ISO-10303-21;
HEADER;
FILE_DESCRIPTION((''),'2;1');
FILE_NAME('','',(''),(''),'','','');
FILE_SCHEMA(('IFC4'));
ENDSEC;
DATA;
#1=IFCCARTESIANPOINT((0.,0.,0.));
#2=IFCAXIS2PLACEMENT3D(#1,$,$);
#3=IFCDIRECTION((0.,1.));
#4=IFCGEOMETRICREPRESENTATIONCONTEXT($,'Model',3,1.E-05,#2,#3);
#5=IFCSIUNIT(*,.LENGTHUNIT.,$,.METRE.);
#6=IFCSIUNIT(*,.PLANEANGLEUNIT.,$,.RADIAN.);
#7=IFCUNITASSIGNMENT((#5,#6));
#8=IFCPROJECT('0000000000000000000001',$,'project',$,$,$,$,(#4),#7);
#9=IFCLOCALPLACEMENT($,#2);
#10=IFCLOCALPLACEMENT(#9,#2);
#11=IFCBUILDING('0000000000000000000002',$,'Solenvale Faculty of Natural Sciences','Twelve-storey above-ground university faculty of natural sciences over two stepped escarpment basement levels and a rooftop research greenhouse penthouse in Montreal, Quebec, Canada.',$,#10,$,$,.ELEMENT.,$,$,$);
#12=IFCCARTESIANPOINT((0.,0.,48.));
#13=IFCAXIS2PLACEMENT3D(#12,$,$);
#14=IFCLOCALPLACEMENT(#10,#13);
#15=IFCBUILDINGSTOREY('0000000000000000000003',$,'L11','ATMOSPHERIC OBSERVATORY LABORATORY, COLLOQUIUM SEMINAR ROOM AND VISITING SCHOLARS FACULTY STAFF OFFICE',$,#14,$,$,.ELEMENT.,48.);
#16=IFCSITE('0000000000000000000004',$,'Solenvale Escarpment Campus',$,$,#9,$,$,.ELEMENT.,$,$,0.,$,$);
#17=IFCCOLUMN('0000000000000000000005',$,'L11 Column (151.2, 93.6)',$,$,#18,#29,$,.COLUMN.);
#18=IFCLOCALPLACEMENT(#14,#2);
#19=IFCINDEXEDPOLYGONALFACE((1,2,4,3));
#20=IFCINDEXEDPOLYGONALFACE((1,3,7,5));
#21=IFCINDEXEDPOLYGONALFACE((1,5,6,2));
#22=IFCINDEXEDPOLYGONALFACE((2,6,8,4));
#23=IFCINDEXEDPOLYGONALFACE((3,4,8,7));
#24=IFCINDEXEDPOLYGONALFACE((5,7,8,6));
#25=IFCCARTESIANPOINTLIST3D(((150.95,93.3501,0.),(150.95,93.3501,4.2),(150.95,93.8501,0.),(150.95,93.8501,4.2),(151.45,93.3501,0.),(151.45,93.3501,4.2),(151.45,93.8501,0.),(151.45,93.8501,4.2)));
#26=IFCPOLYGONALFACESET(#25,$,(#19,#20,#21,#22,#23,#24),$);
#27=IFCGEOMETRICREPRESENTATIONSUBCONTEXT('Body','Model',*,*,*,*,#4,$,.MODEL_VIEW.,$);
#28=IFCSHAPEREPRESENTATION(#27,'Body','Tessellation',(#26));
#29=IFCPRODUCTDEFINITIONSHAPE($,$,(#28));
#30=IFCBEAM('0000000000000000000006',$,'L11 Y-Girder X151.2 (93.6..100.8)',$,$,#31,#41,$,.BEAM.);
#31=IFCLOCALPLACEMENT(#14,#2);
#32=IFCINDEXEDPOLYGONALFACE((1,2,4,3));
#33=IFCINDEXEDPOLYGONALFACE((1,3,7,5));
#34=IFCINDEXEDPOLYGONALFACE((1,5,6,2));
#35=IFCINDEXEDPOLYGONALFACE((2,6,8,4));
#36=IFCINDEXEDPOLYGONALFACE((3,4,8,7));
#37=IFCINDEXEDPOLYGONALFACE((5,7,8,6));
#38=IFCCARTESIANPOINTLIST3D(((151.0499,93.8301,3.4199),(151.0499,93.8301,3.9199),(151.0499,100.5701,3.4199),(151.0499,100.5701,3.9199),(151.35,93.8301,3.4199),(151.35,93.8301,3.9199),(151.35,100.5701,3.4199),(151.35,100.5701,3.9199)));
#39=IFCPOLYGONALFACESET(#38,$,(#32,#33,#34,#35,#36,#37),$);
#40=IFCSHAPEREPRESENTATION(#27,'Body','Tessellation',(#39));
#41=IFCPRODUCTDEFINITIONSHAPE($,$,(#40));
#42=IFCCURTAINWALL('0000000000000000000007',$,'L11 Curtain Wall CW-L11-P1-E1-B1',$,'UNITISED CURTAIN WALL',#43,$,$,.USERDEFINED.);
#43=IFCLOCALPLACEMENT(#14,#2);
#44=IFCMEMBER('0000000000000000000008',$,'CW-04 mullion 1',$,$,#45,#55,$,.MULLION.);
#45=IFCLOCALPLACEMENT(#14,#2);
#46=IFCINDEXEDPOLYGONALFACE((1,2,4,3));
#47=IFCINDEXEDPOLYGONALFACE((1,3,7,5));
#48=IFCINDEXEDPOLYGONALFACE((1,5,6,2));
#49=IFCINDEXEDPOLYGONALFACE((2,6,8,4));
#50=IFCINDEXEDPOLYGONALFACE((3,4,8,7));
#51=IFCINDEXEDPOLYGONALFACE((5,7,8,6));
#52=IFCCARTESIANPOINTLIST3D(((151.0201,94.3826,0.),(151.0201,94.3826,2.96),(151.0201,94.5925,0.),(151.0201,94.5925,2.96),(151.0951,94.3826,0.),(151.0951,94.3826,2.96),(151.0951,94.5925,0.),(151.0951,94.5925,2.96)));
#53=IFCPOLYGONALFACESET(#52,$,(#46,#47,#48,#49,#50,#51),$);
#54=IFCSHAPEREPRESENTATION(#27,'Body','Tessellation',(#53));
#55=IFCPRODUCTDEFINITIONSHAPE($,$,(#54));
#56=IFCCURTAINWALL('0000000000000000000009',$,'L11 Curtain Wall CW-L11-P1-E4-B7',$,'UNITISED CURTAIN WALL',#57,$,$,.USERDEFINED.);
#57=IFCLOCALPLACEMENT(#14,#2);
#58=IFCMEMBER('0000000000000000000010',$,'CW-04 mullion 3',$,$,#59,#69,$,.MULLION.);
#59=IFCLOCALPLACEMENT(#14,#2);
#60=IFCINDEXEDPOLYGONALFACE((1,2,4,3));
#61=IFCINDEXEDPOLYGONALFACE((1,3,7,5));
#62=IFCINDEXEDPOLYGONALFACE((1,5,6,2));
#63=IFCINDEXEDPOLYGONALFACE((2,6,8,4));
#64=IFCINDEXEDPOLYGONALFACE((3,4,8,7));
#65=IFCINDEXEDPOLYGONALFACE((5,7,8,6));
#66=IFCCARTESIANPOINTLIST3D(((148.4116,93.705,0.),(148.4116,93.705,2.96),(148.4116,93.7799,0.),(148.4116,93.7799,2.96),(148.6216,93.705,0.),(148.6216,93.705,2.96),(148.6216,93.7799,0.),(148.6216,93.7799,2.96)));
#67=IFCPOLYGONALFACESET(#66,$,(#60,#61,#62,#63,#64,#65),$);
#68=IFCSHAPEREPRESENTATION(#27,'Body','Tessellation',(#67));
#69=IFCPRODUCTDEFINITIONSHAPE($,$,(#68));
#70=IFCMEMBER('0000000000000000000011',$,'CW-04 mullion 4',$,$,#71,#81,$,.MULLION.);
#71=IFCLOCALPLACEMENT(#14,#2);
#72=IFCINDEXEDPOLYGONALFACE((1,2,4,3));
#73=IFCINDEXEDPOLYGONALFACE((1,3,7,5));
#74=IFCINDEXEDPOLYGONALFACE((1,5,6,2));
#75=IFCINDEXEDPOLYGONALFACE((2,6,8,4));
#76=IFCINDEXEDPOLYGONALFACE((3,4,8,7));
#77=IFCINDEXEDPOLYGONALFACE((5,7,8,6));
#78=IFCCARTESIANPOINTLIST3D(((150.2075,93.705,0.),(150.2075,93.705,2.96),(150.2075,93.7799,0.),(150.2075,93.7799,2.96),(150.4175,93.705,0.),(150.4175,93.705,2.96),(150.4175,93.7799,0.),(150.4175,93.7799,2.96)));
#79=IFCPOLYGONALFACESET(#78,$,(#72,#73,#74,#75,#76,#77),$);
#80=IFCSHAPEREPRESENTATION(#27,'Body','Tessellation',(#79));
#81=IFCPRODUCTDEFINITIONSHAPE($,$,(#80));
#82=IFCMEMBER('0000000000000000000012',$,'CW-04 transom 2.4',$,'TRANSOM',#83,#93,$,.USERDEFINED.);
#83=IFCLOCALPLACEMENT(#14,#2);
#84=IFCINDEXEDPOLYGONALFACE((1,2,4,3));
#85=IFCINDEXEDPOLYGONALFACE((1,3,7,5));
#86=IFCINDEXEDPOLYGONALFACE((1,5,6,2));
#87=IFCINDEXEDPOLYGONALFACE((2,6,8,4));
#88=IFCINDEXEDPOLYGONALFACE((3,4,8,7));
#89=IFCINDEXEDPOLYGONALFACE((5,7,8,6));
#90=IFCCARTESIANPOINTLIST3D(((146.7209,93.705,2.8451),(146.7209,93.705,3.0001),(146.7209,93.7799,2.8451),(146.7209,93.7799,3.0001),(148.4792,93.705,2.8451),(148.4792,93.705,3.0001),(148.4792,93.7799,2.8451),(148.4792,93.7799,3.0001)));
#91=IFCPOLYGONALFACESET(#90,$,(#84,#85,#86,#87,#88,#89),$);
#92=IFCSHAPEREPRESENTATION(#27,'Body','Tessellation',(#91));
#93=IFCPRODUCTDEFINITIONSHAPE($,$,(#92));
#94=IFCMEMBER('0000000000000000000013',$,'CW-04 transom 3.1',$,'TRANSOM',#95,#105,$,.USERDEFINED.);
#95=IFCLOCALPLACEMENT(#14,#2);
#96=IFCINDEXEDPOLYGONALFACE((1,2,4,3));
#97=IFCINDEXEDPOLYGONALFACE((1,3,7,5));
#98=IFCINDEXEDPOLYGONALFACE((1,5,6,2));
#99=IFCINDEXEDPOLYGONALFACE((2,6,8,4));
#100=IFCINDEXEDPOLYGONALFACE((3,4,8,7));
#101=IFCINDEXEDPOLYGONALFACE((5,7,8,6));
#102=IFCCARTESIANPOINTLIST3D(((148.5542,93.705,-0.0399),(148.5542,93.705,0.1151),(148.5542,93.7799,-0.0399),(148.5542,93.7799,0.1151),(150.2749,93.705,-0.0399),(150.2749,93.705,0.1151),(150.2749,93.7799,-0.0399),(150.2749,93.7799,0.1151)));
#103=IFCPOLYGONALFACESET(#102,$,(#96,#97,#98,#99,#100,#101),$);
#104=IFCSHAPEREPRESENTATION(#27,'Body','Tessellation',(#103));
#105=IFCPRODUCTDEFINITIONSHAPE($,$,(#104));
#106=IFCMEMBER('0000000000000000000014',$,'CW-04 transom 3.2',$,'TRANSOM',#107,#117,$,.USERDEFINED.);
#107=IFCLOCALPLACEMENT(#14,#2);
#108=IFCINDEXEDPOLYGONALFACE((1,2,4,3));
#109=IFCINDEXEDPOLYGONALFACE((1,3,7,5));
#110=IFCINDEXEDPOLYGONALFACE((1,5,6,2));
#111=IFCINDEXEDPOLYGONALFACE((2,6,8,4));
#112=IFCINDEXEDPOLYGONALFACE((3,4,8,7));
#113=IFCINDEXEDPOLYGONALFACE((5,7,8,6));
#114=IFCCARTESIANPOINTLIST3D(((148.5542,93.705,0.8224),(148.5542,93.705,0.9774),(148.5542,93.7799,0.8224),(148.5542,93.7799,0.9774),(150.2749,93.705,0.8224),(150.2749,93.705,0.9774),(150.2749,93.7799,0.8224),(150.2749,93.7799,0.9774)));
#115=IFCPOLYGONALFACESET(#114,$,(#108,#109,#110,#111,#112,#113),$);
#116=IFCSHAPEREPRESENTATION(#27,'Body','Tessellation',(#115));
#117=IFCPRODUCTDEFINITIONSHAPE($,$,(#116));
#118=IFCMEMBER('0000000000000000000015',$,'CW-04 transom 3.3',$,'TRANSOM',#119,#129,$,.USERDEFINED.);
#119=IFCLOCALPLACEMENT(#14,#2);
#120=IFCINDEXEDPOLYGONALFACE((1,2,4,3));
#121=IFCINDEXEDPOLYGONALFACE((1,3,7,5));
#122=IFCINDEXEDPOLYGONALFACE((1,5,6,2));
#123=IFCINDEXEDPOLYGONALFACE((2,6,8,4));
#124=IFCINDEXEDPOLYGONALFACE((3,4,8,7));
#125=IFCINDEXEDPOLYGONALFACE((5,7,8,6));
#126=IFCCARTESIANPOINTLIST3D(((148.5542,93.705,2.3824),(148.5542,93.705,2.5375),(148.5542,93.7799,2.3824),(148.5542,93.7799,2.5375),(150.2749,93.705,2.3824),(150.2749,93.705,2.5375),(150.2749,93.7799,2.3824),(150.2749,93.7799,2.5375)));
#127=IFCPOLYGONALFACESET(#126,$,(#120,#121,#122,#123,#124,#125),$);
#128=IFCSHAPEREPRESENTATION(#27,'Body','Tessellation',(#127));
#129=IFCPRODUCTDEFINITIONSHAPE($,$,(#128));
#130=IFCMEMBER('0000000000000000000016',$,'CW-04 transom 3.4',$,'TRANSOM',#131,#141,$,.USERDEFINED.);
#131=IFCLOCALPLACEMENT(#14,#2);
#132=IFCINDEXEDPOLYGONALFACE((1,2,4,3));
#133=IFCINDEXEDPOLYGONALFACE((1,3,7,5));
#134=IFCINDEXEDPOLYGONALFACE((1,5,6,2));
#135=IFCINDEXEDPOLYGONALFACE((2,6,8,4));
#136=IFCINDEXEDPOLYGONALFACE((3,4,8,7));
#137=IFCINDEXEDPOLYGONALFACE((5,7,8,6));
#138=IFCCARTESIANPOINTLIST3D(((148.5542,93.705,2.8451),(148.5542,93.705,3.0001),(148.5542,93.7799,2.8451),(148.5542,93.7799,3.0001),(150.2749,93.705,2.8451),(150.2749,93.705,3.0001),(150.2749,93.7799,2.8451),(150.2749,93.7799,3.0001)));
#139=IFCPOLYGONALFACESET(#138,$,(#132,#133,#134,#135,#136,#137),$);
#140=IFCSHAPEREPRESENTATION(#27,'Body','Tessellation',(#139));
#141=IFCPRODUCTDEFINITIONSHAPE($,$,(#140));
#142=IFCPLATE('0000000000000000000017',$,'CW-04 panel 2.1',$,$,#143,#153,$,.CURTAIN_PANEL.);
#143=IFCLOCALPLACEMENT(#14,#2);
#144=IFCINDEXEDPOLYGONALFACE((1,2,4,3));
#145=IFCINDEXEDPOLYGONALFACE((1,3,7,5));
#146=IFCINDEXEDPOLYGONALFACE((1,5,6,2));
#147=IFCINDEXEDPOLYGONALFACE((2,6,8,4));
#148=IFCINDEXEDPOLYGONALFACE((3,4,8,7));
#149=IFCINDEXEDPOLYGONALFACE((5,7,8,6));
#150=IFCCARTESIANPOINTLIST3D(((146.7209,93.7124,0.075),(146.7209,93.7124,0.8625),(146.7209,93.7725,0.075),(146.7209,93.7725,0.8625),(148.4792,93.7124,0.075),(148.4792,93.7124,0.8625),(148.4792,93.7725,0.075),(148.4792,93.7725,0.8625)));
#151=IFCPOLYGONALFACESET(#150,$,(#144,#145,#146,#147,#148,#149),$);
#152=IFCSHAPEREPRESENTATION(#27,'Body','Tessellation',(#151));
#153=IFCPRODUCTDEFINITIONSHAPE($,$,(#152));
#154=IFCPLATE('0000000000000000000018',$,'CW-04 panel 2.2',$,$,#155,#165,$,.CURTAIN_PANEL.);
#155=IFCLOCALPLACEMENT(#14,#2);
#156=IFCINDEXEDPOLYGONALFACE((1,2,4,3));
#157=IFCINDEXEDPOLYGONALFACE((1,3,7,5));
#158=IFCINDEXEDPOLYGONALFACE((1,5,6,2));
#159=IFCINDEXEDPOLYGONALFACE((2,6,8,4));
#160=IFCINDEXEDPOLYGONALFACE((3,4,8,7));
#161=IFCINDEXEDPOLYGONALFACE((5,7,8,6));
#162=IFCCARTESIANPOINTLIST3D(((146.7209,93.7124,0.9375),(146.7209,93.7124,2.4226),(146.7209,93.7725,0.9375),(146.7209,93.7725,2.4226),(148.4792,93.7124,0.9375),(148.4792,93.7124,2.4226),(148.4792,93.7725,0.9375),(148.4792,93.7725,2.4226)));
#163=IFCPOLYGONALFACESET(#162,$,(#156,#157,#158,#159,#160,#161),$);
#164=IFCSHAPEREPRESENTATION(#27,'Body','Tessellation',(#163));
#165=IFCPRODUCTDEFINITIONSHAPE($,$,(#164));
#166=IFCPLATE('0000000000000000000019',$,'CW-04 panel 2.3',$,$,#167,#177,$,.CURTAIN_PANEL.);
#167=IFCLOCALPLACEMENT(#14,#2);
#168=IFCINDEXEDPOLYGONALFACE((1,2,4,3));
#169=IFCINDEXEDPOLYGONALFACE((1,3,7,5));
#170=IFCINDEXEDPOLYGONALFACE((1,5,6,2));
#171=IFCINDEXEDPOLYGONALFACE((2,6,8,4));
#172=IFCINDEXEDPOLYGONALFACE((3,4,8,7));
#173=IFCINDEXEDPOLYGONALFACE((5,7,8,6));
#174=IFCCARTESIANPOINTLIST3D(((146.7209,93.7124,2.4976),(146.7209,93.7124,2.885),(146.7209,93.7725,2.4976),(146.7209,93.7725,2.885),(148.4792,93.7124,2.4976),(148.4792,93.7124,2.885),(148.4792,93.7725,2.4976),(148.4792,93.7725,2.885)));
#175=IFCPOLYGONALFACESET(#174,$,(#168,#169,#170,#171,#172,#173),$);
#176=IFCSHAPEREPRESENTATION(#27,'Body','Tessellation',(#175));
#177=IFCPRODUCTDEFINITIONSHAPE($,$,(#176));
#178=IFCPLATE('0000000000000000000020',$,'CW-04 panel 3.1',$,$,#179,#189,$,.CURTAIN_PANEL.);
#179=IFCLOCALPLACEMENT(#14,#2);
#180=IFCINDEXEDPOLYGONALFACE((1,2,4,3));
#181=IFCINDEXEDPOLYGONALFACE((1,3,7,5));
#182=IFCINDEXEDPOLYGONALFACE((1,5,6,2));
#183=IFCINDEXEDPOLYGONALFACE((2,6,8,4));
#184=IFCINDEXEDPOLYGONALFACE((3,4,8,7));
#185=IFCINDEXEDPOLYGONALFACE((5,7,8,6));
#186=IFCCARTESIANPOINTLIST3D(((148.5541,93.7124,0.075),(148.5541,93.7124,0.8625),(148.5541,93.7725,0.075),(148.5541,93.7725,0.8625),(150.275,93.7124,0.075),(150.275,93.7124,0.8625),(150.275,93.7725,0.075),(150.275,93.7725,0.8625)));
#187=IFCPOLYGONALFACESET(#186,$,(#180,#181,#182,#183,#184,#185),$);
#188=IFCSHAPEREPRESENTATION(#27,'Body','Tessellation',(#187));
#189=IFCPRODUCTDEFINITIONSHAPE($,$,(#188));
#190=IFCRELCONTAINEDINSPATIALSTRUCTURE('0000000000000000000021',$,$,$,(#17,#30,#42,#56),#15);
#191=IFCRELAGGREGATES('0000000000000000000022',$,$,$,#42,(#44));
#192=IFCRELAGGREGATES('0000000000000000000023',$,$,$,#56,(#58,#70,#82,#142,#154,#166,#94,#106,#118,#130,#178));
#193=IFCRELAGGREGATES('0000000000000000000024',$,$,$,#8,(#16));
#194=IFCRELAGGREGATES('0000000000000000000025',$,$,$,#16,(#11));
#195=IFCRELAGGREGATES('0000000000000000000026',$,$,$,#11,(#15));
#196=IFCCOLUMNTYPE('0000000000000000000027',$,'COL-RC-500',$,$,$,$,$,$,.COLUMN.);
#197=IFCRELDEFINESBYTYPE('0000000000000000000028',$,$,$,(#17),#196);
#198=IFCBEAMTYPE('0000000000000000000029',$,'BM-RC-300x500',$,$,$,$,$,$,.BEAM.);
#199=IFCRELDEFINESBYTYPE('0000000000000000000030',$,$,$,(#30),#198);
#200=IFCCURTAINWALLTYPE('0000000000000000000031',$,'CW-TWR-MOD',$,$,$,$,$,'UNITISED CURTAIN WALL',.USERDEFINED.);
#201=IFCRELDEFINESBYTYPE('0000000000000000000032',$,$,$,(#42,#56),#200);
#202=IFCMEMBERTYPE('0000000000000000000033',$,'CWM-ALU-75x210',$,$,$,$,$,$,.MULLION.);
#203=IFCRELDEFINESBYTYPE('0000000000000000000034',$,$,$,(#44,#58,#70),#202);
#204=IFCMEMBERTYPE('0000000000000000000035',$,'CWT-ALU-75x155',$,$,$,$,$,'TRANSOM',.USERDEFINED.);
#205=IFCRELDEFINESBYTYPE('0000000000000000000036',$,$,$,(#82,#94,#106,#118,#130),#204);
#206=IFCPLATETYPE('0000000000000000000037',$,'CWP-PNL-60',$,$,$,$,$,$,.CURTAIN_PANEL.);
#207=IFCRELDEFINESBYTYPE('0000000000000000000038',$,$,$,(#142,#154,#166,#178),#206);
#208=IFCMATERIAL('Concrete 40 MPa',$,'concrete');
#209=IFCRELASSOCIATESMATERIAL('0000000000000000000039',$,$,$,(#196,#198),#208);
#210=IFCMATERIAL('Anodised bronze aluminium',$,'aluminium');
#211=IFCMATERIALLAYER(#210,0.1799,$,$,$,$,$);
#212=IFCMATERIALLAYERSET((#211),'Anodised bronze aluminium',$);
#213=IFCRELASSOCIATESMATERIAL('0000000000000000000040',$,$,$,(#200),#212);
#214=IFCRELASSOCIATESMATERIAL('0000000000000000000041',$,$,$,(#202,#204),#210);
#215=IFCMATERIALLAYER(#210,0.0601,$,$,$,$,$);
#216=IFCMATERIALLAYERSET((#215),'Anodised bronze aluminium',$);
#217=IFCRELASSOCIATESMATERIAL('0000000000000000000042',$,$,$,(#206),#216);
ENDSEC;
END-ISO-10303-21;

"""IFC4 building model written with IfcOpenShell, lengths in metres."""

from ifc_helpers import new_model, si_unit, direction, frame, origin, origin_2d, place, context, subcontext, project, spatial, rectangle, extrude, material, layer, layer_set, material_profile, profile_set, type_object, element, aggregate, save


model = new_model("IFC4")

# Units and contexts
model_context = context("Model", 3, precision=1e-05, world=origin(), true_north=direction((0.0, 1.0)))
body_context = subcontext(model_context, "Body", "Model", "MODEL_VIEW")
ifc_project = project(units=[si_unit("LENGTHUNIT", "METRE"), si_unit("PLANEANGLEUNIT", "RADIAN")], contexts=[model_context])

# Site, building, storey
site_placement = place(None, origin())
site = spatial("IfcSite", under=ifc_project, at=site_placement, Name="Solenvale Escarpment Campus", CompositionType="ELEMENT", RefElevation=0.0)
building_placement = place(site_placement, origin())
building = spatial("IfcBuilding", under=site, at=building_placement, Name="Solenvale Faculty of Natural Sciences", Description="Twelve-storey above-ground university faculty of natural sciences over two stepped escarpment basement levels and a rooftop research greenhouse penthouse in Montreal, Quebec, Canada.", CompositionType="ELEMENT")
storey_placement = place(building_placement, frame((0.0, 0.0, 48.0)))
storey = spatial("IfcBuildingStorey", under=building, at=storey_placement, Name="L11", Description="ATMOSPHERIC OBSERVATORY LABORATORY, COLLOQUIUM SEMINAR ROOM AND VISITING SCHOLARS FACULTY STAFF OFFICE", CompositionType="ELEMENT", Elevation=48.0)

# Column
ifc_material_1 = material(Name="Concrete 40 MPa", Category="concrete")
ifc_material_profile_1 = material_profile(ifc_material_1, rectangle(XDim=0.5, YDim=0.5, at=origin_2d()), Name="RC-COL-500x500")
ifc_profile_set_1 = profile_set([ifc_material_profile_1], Name="Concrete 40 MPa")
column_type = type_object("IfcColumnType", Name="COL-RC-500", PredefinedType="COLUMN", material=ifc_profile_set_1)
column_placement = place(storey_placement, frame((151.2, 93.6001, 0.0), z_axis=(0.0, 0.0, 1.0), x_axis=(1.0, 0.0, 0.0)))
element("IfcColumn", 1, at=column_placement, inside=storey, type_object=column_type, Name="L11 Column (151.2, 93.6)", PredefinedType="COLUMN", context=body_context, shape_type="SweptSolid", body=[
    extrude(rectangle(XDim=0.5, YDim=0.5, at=origin_2d()), origin(), (0.0, 0.0, 1.0), 4.2),
])

# Beam
ifc_material_profile_2 = material_profile(ifc_material_1, rectangle(XDim=0.3, YDim=0.5, at=origin_2d()), Name="RC-BM-300x500")
ifc_profile_set_2 = profile_set([ifc_material_profile_2], Name="Concrete 40 MPa")
beam_type = type_object("IfcBeamType", Name="BM-RC-300x500", PredefinedType="BEAM", material=ifc_profile_set_2)
beam_placement = place(storey_placement, frame((151.2, 93.8301, 3.6699), z_axis=(0.0, 1.0, 0.0), x_axis=(-1.0, 0.0, 0.0)))
element("IfcBeam", 2, at=beam_placement, inside=storey, type_object=beam_type, Name="L11 Y-Girder X151.2 (93.6..100.8)", PredefinedType="BEAM", context=body_context, shape_type="SweptSolid", body=[
    extrude(rectangle(XDim=0.3, YDim=0.5, at=origin_2d()), origin(), (0.0, 0.0, 1.0), 6.74),
])

# Curtain wall, member
ifc_material_2 = material(Name="Anodised bronze aluminium", Category="aluminium")
ifc_layer_1 = layer(ifc_material_2, 0.1799)
ifc_layer_set_1 = layer_set([ifc_layer_1], Name="Anodised bronze aluminium")
curtain_wall_type = type_object("IfcCurtainWallType", Name="CW-TWR-MOD", ElementType="UNITISED CURTAIN WALL", PredefinedType="USERDEFINED", material=ifc_layer_set_1)
curtain_wall_1_placement = place(storey_placement, origin())
curtain_wall_1 = element("IfcCurtainWall", 3, at=curtain_wall_1_placement, inside=storey, type_object=curtain_wall_type, Name="L11 Curtain Wall CW-L11-P1-E1-B1", ObjectType="UNITISED CURTAIN WALL", PredefinedType="USERDEFINED")
ifc_material_profile_3 = material_profile(ifc_material_2, rectangle(XDim=0.075, YDim=0.21, at=origin_2d()), Name="ALU-MUL-75x210")
ifc_profile_set_3 = profile_set([ifc_material_profile_3], Name="Anodised bronze aluminium")
member_type_1 = type_object("IfcMemberType", Name="CWM-ALU-75x210", PredefinedType="MULLION", material=ifc_profile_set_3)
member_1_placement = place(storey_placement, frame((151.0576, 94.4875, 0.0), z_axis=(0.0, 0.0, 1.0), x_axis=(-1.0, 0.0, 0.0)))
member_1 = element("IfcMember", 4, at=member_1_placement, type_object=member_type_1, Name="CW-04 mullion 1", PredefinedType="MULLION", context=body_context, shape_type="SweptSolid", body=[
    extrude(rectangle(XDim=0.075, YDim=0.21, at=origin_2d()), origin(), (0.0, 0.0, 1.0), 2.96),
])
aggregate(curtain_wall_1, [member_1])

# Curtain wall, members, plates
curtain_wall_2_placement = place(storey_placement, origin())
curtain_wall_2 = element("IfcCurtainWall", 5, at=curtain_wall_2_placement, inside=storey, type_object=curtain_wall_type, Name="L11 Curtain Wall CW-L11-P1-E4-B7", ObjectType="UNITISED CURTAIN WALL", PredefinedType="USERDEFINED")
member_2_placement = place(storey_placement, frame((148.5166, 93.7424, 0.0), z_axis=(0.0, 0.0, 1.0), x_axis=(0.0, 1.0, 0.0)))
member_2 = element("IfcMember", 6, at=member_2_placement, type_object=member_type_1, Name="CW-04 mullion 3", PredefinedType="MULLION", context=body_context, shape_type="SweptSolid", body=[
    extrude(rectangle(XDim=0.075, YDim=0.21, at=origin_2d()), origin(), (0.0, 0.0, 1.0), 2.96),
])
member_3_placement = place(storey_placement, frame((150.3125, 93.7424, 0.0), z_axis=(0.0, 0.0, 1.0), x_axis=(0.0, 1.0, 0.0)))
member_3 = element("IfcMember", 7, at=member_3_placement, type_object=member_type_1, Name="CW-04 mullion 4", PredefinedType="MULLION", context=body_context, shape_type="SweptSolid", body=[
    extrude(rectangle(XDim=0.075, YDim=0.21, at=origin_2d()), origin(), (0.0, 0.0, 1.0), 2.96),
])
ifc_material_profile_4 = material_profile(ifc_material_2, rectangle(XDim=0.075, YDim=0.155, at=origin_2d()), Name="ALU-TRN-75x155")
ifc_profile_set_4 = profile_set([ifc_material_profile_4], Name="Anodised bronze aluminium")
member_type_2 = type_object("IfcMemberType", Name="CWT-ALU-75x155", ElementType="TRANSOM", PredefinedType="USERDEFINED", material=ifc_profile_set_4)
member_4_placement = place(storey_placement, frame((146.7209, 93.7424, 2.9226), z_axis=(1.0, 0.0, 0.0), x_axis=(0.0, 1.0, 0.0)))
member_4 = element("IfcMember", 8, at=member_4_placement, type_object=member_type_2, Name="CW-04 transom 2.4", ObjectType="TRANSOM", PredefinedType="USERDEFINED", context=body_context, shape_type="SweptSolid", body=[
    extrude(rectangle(XDim=0.075, YDim=0.155, at=origin_2d()), origin(), (0.0, 0.0, 1.0), 1.7583),
])
member_5_placement = place(storey_placement, frame((148.5542, 93.7424, 0.0376), z_axis=(1.0, 0.0, 0.0), x_axis=(0.0, 1.0, 0.0)))
member_5 = element("IfcMember", 9, at=member_5_placement, type_object=member_type_2, Name="CW-04 transom 3.1", ObjectType="TRANSOM", PredefinedType="USERDEFINED", context=body_context, shape_type="SweptSolid", body=[
    extrude(rectangle(XDim=0.075, YDim=0.155, at=origin_2d()), origin(), (0.0, 0.0, 1.0), 1.7207),
])
member_6_placement = place(storey_placement, frame((148.5542, 93.7424, 0.8999), z_axis=(1.0, 0.0, 0.0), x_axis=(0.0, 1.0, 0.0)))
member_6 = element("IfcMember", 10, at=member_6_placement, type_object=member_type_2, Name="CW-04 transom 3.2", ObjectType="TRANSOM", PredefinedType="USERDEFINED", context=body_context, shape_type="SweptSolid", body=[
    extrude(rectangle(XDim=0.075, YDim=0.155, at=origin_2d()), origin(), (0.0, 0.0, 1.0), 1.7207),
])
member_7_placement = place(storey_placement, frame((148.5542, 93.7424, 2.46), z_axis=(1.0, 0.0, 0.0), x_axis=(0.0, 1.0, 0.0)))
member_7 = element("IfcMember", 11, at=member_7_placement, type_object=member_type_2, Name="CW-04 transom 3.3", ObjectType="TRANSOM", PredefinedType="USERDEFINED", context=body_context, shape_type="SweptSolid", body=[
    extrude(rectangle(XDim=0.075, YDim=0.155, at=origin_2d()), origin(), (0.0, 0.0, 1.0), 1.7207),
])
member_8_placement = place(storey_placement, frame((148.5542, 93.7424, 2.9226), z_axis=(1.0, 0.0, 0.0), x_axis=(0.0, 1.0, 0.0)))
member_8 = element("IfcMember", 12, at=member_8_placement, type_object=member_type_2, Name="CW-04 transom 3.4", ObjectType="TRANSOM", PredefinedType="USERDEFINED", context=body_context, shape_type="SweptSolid", body=[
    extrude(rectangle(XDim=0.075, YDim=0.155, at=origin_2d()), origin(), (0.0, 0.0, 1.0), 1.7207),
])
ifc_layer_2 = layer(ifc_material_2, 0.0601)
ifc_layer_set_2 = layer_set([ifc_layer_2], Name="Anodised bronze aluminium")
plate_type = type_object("IfcPlateType", Name="CWP-PNL-60", PredefinedType="CURTAIN_PANEL", material=ifc_layer_set_2)
plate_1_placement = place(storey_placement, frame((147.6001, 93.7424, 0.075), z_axis=(0.0, 0.0, 1.0), x_axis=(1.0, 0.0, 0.0)))
plate_1 = element("IfcPlate", 13, at=plate_1_placement, type_object=plate_type, Name="CW-04 panel 2.1", PredefinedType="CURTAIN_PANEL", context=body_context, shape_type="SweptSolid", body=[
    extrude(rectangle(XDim=1.7583, YDim=0.0601, at=origin_2d()), origin(), (0.0, 0.0, 1.0), 0.7876),
])
plate_2_placement = place(storey_placement, frame((147.6001, 93.7424, 0.9375), z_axis=(0.0, 0.0, 1.0), x_axis=(1.0, 0.0, 0.0)))
plate_2 = element("IfcPlate", 14, at=plate_2_placement, type_object=plate_type, Name="CW-04 panel 2.2", PredefinedType="CURTAIN_PANEL", context=body_context, shape_type="SweptSolid", body=[
    extrude(rectangle(XDim=1.7583, YDim=0.0601, at=origin_2d()), origin(), (0.0, 0.0, 1.0), 1.4851),
])
plate_3_placement = place(storey_placement, frame((147.6001, 93.7424, 2.4976), z_axis=(0.0, 0.0, 1.0), x_axis=(1.0, 0.0, 0.0)))
plate_3 = element("IfcPlate", 15, at=plate_3_placement, type_object=plate_type, Name="CW-04 panel 2.3", PredefinedType="CURTAIN_PANEL", context=body_context, shape_type="SweptSolid", body=[
    extrude(rectangle(XDim=1.7583, YDim=0.0601, at=origin_2d()), origin(), (0.0, 0.0, 1.0), 0.3875),
])
plate_4_placement = place(storey_placement, frame((149.4146, 93.7424, 0.075), z_axis=(0.0, 0.0, 1.0), x_axis=(1.0, 0.0, 0.0)))
plate_4 = element("IfcPlate", 16, at=plate_4_placement, type_object=plate_type, Name="CW-04 panel 3.1", PredefinedType="CURTAIN_PANEL", context=body_context, shape_type="SweptSolid", body=[
    extrude(rectangle(XDim=1.7209, YDim=0.0601, at=origin_2d()), origin(), (0.0, 0.0, 1.0), 0.7876),
])
aggregate(curtain_wall_2, [member_2, member_3, member_4, plate_1, plate_2, plate_3, member_5, member_6, member_7, member_8, plate_4])

save(model, "model.ifc")
